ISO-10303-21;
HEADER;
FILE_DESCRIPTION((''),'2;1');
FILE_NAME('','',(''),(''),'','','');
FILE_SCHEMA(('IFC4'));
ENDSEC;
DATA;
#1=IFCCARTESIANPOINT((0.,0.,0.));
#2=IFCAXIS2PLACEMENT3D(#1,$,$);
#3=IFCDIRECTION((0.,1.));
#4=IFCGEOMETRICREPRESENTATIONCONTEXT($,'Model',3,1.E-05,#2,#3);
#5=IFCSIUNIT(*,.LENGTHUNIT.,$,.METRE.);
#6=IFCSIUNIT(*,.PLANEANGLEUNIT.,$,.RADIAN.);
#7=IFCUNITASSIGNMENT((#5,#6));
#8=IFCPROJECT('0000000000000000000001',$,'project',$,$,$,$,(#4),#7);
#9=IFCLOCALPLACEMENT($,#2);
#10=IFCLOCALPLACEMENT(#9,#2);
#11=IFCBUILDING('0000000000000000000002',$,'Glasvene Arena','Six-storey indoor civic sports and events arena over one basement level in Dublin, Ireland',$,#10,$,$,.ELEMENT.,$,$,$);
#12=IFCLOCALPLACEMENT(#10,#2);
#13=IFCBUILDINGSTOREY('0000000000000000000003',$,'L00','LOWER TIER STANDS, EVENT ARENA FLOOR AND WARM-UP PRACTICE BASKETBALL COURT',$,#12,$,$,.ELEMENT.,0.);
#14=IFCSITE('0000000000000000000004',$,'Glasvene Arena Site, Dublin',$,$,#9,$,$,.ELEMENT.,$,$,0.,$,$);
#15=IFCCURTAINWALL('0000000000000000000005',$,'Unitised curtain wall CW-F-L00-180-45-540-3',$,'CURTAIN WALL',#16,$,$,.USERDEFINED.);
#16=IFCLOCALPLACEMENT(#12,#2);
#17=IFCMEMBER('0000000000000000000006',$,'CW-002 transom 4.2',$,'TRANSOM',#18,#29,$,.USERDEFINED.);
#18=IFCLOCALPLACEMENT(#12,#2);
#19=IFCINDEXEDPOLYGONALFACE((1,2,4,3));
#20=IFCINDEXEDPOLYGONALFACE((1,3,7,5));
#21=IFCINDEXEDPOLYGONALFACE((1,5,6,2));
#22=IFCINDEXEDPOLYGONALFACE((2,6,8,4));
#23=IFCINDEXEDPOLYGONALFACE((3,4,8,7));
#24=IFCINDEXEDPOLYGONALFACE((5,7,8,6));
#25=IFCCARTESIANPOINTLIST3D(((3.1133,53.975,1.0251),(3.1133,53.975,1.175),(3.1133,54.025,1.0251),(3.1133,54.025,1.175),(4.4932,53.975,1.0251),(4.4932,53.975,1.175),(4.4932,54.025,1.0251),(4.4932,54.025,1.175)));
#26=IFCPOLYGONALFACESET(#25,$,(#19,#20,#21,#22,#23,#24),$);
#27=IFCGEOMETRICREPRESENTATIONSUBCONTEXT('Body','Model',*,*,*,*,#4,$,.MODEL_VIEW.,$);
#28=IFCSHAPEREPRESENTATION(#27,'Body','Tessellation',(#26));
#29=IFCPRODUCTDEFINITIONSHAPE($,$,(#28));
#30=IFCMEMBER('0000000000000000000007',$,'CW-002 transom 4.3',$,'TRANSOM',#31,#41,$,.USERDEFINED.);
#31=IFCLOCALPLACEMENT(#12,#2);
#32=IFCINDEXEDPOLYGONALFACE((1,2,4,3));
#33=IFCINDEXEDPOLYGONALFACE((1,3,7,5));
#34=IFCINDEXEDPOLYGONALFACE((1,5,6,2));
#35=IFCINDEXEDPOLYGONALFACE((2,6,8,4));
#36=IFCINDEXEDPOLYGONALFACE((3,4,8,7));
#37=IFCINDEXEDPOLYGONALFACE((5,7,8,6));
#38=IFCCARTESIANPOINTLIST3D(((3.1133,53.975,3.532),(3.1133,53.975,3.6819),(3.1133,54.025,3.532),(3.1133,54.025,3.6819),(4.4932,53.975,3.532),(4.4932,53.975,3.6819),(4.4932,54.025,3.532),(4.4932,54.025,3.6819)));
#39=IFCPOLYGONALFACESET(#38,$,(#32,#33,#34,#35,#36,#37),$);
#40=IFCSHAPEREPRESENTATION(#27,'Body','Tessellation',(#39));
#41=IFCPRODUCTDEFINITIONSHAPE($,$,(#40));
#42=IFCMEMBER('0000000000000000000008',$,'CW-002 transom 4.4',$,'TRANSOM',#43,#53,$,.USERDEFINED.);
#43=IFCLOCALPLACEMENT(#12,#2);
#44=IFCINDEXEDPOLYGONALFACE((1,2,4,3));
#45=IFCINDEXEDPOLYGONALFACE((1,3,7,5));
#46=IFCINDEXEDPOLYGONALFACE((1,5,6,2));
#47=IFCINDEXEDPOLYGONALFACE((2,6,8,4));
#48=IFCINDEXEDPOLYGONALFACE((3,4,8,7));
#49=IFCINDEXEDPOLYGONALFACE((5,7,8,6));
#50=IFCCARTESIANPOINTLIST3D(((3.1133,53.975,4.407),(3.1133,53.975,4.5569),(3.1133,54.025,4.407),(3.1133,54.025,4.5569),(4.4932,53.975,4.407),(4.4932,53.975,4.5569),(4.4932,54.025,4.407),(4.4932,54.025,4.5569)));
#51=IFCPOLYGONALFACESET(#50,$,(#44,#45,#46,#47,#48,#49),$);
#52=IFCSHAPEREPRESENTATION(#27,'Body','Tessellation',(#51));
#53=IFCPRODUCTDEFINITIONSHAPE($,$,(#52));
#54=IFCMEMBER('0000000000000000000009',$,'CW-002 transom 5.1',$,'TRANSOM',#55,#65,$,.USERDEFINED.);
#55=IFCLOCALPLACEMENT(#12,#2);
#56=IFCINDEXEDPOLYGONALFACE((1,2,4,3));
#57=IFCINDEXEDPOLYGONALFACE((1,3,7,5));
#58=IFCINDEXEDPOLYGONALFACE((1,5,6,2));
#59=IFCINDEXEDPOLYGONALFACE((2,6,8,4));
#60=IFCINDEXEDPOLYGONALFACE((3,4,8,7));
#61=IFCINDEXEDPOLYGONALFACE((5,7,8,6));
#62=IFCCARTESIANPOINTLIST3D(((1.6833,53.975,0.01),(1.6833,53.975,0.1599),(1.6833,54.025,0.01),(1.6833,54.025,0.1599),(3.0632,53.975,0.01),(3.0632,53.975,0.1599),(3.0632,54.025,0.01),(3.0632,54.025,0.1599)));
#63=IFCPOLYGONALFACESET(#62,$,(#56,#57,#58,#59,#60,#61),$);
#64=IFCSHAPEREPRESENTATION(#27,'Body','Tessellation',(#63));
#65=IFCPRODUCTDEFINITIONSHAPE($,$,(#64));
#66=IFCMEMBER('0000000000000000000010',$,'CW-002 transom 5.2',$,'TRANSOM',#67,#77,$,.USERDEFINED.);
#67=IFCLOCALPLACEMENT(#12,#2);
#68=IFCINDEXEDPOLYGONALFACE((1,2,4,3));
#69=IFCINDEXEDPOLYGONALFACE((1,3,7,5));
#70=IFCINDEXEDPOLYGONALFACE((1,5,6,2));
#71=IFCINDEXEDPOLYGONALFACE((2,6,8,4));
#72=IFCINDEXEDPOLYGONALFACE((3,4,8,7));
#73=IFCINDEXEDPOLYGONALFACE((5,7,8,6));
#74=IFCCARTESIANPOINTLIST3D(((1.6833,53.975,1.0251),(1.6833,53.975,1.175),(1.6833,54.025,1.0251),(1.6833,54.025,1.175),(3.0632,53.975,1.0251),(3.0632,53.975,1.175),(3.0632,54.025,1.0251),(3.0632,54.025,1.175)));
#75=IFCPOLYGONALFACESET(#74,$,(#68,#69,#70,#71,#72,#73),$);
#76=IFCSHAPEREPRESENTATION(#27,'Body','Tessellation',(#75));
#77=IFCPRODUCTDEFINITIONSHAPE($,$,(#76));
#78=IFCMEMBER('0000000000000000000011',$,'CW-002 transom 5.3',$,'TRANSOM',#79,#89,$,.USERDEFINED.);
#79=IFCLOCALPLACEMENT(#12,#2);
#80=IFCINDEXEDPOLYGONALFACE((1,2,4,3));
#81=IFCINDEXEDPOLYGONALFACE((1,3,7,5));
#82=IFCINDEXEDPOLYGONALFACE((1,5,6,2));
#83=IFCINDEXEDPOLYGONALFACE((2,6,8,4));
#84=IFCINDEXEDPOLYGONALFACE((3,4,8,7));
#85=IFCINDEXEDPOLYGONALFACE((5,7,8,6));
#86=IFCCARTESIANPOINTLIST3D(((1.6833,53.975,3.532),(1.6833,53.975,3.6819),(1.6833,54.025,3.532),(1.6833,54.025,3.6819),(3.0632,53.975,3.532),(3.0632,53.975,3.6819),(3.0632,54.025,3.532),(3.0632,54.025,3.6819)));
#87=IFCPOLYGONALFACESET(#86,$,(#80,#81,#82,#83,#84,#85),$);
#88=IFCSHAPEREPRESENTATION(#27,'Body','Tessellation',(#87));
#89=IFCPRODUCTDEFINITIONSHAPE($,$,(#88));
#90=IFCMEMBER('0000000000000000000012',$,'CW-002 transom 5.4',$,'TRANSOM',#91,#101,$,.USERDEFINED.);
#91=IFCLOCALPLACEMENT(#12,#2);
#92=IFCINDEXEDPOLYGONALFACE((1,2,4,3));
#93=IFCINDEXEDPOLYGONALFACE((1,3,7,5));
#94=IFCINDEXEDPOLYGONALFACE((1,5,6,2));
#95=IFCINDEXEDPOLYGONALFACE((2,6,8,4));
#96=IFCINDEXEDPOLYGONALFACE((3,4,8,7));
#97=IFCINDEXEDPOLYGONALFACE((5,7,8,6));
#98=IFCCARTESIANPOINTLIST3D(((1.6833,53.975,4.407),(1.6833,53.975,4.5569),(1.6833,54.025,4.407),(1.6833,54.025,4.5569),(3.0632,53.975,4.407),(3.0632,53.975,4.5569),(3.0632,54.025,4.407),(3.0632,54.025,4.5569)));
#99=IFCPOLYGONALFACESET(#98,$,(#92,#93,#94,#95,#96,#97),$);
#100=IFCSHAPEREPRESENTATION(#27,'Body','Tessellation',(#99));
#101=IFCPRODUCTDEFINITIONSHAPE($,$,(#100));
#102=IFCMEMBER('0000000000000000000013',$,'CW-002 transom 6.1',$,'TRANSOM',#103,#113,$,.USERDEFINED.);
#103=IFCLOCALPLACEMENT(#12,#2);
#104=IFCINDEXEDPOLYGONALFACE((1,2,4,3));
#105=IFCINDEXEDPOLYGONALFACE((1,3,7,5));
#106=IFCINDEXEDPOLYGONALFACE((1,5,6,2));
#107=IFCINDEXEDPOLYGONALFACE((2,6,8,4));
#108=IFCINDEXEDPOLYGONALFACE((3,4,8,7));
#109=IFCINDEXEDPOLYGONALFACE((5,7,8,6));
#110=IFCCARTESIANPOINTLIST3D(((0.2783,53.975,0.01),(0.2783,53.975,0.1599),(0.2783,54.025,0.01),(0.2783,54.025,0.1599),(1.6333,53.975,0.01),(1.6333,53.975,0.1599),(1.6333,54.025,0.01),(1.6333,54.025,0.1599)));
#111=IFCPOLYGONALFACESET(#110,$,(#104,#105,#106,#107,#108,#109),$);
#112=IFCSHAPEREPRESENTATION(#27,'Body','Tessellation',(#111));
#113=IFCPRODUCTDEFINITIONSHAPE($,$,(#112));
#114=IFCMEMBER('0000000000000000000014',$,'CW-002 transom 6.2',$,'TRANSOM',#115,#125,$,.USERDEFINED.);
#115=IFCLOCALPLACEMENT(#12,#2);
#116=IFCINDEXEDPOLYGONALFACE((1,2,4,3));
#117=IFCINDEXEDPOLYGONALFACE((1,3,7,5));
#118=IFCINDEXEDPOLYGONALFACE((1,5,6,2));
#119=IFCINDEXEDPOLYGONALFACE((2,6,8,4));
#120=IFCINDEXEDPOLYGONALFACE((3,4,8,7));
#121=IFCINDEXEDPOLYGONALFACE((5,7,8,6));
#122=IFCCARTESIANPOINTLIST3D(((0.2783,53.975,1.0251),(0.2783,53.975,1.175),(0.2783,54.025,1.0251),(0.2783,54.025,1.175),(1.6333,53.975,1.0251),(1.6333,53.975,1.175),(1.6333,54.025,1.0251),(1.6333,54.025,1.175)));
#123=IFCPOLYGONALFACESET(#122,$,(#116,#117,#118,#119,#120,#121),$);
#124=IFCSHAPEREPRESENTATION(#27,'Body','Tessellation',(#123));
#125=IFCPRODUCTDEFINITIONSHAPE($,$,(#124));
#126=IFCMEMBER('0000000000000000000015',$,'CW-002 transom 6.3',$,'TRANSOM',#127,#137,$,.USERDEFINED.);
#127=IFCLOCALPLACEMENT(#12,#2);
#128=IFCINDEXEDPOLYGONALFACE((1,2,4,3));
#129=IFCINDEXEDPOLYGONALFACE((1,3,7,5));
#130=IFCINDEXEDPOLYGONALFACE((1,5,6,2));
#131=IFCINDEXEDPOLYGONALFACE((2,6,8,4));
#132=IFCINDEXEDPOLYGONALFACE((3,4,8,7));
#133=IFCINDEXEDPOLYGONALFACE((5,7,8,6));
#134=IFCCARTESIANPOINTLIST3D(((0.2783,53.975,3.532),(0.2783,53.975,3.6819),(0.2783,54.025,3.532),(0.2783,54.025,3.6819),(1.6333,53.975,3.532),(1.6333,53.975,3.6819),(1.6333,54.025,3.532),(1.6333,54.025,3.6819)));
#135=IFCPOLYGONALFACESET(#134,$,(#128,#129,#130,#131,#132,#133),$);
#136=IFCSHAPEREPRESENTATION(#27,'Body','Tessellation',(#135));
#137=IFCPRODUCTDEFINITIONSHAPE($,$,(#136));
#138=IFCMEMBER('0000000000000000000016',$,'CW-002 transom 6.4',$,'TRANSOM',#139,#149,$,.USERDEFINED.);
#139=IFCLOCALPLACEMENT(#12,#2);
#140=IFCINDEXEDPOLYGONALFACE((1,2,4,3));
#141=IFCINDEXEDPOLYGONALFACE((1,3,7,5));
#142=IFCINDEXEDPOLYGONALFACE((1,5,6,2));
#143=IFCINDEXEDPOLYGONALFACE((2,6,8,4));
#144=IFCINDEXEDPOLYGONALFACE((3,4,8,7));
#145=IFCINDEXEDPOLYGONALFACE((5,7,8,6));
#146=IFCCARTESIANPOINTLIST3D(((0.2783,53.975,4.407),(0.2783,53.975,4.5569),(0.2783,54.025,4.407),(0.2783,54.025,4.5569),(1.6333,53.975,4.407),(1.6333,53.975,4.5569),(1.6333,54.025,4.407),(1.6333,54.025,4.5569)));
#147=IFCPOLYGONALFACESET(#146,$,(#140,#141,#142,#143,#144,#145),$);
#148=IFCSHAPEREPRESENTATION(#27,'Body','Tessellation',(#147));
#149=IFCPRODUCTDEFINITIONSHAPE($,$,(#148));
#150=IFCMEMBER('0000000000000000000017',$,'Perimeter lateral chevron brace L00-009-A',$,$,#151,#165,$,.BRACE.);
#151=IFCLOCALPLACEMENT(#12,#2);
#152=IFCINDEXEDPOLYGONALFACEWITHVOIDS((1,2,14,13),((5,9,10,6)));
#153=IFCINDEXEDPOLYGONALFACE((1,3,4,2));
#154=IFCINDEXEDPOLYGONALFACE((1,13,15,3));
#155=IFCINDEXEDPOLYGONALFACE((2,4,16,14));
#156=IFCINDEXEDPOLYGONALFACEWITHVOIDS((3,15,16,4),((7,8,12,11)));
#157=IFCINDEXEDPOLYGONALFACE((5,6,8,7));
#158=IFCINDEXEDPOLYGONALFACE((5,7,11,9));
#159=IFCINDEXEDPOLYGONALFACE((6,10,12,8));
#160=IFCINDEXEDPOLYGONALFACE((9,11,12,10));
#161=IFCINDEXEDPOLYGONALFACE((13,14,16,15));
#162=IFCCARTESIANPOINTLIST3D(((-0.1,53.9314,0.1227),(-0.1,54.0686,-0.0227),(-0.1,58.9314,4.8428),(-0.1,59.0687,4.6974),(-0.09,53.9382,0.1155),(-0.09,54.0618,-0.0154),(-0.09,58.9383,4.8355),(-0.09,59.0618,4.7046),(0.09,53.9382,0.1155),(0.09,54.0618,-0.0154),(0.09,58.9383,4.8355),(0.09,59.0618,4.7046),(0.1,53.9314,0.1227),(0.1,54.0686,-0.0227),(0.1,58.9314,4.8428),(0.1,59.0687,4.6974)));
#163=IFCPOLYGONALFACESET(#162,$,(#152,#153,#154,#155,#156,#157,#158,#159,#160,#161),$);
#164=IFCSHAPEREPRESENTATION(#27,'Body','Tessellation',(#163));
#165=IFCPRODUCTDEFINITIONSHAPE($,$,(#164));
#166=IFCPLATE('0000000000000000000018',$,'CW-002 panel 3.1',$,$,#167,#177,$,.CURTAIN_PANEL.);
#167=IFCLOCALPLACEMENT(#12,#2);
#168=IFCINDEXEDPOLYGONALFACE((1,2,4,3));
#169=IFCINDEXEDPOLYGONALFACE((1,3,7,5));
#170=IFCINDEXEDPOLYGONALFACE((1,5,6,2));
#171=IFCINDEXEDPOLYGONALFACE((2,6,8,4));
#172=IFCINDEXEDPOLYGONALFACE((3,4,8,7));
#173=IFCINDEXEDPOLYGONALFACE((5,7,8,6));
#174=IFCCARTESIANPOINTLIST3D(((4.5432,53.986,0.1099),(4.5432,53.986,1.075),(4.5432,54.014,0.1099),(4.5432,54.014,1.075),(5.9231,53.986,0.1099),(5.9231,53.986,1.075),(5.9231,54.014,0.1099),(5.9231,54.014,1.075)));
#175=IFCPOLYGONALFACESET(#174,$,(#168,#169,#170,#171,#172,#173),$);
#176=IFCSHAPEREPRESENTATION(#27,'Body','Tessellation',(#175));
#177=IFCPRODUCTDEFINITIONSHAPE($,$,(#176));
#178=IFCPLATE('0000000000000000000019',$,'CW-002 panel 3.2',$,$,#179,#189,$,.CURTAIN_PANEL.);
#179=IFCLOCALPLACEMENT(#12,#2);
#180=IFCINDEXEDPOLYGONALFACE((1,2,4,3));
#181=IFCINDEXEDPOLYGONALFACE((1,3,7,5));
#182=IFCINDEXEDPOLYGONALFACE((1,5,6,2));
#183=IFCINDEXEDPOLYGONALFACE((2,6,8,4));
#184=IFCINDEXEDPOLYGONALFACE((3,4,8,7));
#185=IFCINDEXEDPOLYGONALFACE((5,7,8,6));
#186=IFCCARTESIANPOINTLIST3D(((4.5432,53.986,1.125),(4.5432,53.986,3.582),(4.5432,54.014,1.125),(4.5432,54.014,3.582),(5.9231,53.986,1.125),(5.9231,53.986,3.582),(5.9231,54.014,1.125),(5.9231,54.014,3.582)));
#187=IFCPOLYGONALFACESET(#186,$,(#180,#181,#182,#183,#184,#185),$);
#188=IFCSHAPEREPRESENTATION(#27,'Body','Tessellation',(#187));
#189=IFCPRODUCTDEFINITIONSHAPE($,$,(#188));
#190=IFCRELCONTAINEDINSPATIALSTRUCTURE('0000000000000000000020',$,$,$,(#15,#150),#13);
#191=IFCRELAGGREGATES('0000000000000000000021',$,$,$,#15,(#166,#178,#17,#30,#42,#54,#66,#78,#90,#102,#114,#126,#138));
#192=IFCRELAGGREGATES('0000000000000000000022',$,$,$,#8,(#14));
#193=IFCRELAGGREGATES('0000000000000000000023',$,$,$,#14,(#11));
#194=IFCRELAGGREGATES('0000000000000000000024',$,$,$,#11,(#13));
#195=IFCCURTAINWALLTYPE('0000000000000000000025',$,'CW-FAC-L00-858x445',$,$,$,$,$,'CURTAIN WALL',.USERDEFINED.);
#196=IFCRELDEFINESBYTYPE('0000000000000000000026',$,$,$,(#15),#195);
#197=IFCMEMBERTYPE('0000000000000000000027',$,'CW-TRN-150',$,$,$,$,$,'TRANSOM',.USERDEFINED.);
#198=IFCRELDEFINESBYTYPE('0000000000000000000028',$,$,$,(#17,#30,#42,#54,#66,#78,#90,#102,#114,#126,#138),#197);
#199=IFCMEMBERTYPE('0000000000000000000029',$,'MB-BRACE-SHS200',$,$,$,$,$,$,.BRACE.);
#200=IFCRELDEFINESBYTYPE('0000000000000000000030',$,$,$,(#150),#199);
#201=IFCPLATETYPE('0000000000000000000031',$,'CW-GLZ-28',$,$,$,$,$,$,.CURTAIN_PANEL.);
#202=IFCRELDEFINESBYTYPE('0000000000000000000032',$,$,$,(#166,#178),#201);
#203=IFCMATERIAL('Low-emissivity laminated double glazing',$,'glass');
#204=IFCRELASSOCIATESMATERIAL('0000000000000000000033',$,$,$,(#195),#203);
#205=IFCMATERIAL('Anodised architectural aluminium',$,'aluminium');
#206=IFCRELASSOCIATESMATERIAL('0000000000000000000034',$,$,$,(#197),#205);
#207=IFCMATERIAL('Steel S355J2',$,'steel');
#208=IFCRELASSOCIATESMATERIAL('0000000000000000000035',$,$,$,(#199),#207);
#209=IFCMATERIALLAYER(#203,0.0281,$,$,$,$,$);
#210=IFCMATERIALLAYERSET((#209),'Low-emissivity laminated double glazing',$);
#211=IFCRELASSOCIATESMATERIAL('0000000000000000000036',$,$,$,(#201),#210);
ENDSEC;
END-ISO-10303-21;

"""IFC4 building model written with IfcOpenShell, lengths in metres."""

from ifc_helpers import new_model, si_unit, direction, frame, origin, origin_2d, place, context, subcontext, project, spatial, rectangle, hollow_rectangle, extrude, material, layer, layer_set, material_profile, profile_set, type_object, element, aggregate, save


model = new_model("IFC4")

# Units and contexts
model_context = context("Model", 3, precision=1e-05, world=origin(), true_north=direction((0.0, 1.0)))
body_context = subcontext(model_context, "Body", "Model", "MODEL_VIEW")
ifc_project = project(units=[si_unit("LENGTHUNIT", "METRE"), si_unit("PLANEANGLEUNIT", "RADIAN")], contexts=[model_context])

# Site, building, storey
site_placement = place(None, origin())
site = spatial("IfcSite", under=ifc_project, at=site_placement, Name="Glasvene Arena Site, Dublin", CompositionType="ELEMENT", RefElevation=0.0)
building_placement = place(site_placement, origin())
building = spatial("IfcBuilding", under=site, at=building_placement, Name="Glasvene Arena", Description="Six-storey indoor civic sports and events arena over one basement level in Dublin, Ireland", CompositionType="ELEMENT")
storey_placement = place(building_placement, origin())
storey = spatial("IfcBuildingStorey", under=building, at=storey_placement, Name="L00", Description="LOWER TIER STANDS, EVENT ARENA FLOOR AND WARM-UP PRACTICE BASKETBALL COURT", CompositionType="ELEMENT", Elevation=0.0)

# Shared definitions
ifc_material_1 = material(Name="Steel S355J2", Category="steel")

# Curtain wall, members
ifc_material_2 = material(Name="Low-emissivity laminated double glazing", Category="glass")
curtain_wall_type = type_object("IfcCurtainWallType", Name="CW-FAC-L00-858x445", ElementType="CURTAIN WALL", PredefinedType="USERDEFINED", material=ifc_material_2)
curtain_wall_placement = place(storey_placement, frame((8.8081, 54.0, 0.0)))
curtain_wall = element("IfcCurtainWall", 1, at=curtain_wall_placement, inside=storey, type_object=curtain_wall_type, Name="Unitised curtain wall CW-F-L00-180-45-540-3", ObjectType="CURTAIN WALL", PredefinedType="USERDEFINED")
ifc_material_3 = material(Name="Anodised architectural aluminium", Category="aluminium")
ifc_material_profile_1 = material_profile(ifc_material_3, rectangle(XDim=0.05, YDim=0.1499, at=origin_2d()), Name="ALU TRANSOM 50x150")
ifc_profile_set_1 = profile_set([ifc_material_profile_1], Name="Anodised architectural aluminium")
member_type_1 = type_object("IfcMemberType", Name="CW-TRN-150", ElementType="TRANSOM", PredefinedType="USERDEFINED", material=ifc_profile_set_1)
member_1_placement = place(storey_placement, frame((4.4932, 54.0, 1.1001), z_axis=(-1.0, 0.0, 0.0), x_axis=(0.0, -1.0, 0.0)))
member_1 = element("IfcMember", 2, at=member_1_placement, type_object=member_type_1, Name="CW-002 transom 4.2", ObjectType="TRANSOM", PredefinedType="USERDEFINED", context=body_context, shape_type="SweptSolid", body=[
    extrude(rectangle(XDim=0.05, YDim=0.1499, at=origin_2d()), origin(), (0.0, 0.0, 1.0), 1.3799),
])
member_2_placement = place(storey_placement, frame((4.4932, 54.0, 3.6069), z_axis=(-1.0, 0.0, 0.0), x_axis=(0.0, -1.0, 0.0)))
member_2 = element("IfcMember", 3, at=member_2_placement, type_object=member_type_1, Name="CW-002 transom 4.3", ObjectType="TRANSOM", PredefinedType="USERDEFINED", context=body_context, shape_type="SweptSolid", body=[
    extrude(rectangle(XDim=0.05, YDim=0.1499, at=origin_2d()), origin(), (0.0, 0.0, 1.0), 1.3799),
])
member_3_placement = place(storey_placement, frame((4.4932, 54.0, 4.4819), z_axis=(-1.0, 0.0, 0.0), x_axis=(0.0, -1.0, 0.0)))
member_3 = element("IfcMember", 4, at=member_3_placement, type_object=member_type_1, Name="CW-002 transom 4.4", ObjectType="TRANSOM", PredefinedType="USERDEFINED", context=body_context, shape_type="SweptSolid", body=[
    extrude(rectangle(XDim=0.05, YDim=0.1499, at=origin_2d()), origin(), (0.0, 0.0, 1.0), 1.3799),
])
member_4_placement = place(storey_placement, frame((3.0632, 54.0, 0.085), z_axis=(-1.0, 0.0, 0.0), x_axis=(0.0, -1.0, 0.0)))
member_4 = element("IfcMember", 5, at=member_4_placement, type_object=member_type_1, Name="CW-002 transom 5.1", ObjectType="TRANSOM", PredefinedType="USERDEFINED", context=body_context, shape_type="SweptSolid", body=[
    extrude(rectangle(XDim=0.05, YDim=0.1499, at=origin_2d()), origin(), (0.0, 0.0, 1.0), 1.3799),
])
member_5_placement = place(storey_placement, frame((3.0632, 54.0, 1.1001), z_axis=(-1.0, 0.0, 0.0), x_axis=(0.0, -1.0, 0.0)))
member_5 = element("IfcMember", 6, at=member_5_placement, type_object=member_type_1, Name="CW-002 transom 5.2", ObjectType="TRANSOM", PredefinedType="USERDEFINED", context=body_context, shape_type="SweptSolid", body=[
    extrude(rectangle(XDim=0.05, YDim=0.1499, at=origin_2d()), origin(), (0.0, 0.0, 1.0), 1.3799),
])
member_6_placement = place(storey_placement, frame((3.0632, 54.0, 3.6069), z_axis=(-1.0, 0.0, 0.0), x_axis=(0.0, -1.0, 0.0)))
member_6 = element("IfcMember", 7, at=member_6_placement, type_object=member_type_1, Name="CW-002 transom 5.3", ObjectType="TRANSOM", PredefinedType="USERDEFINED", context=body_context, shape_type="SweptSolid", body=[
    extrude(rectangle(XDim=0.05, YDim=0.1499, at=origin_2d()), origin(), (0.0, 0.0, 1.0), 1.3799),
])
member_7_placement = place(storey_placement, frame((3.0632, 54.0, 4.4819), z_axis=(-1.0, 0.0, 0.0), x_axis=(0.0, -1.0, 0.0)))
member_7 = element("IfcMember", 8, at=member_7_placement, type_object=member_type_1, Name="CW-002 transom 5.4", ObjectType="TRANSOM", PredefinedType="USERDEFINED", context=body_context, shape_type="SweptSolid", body=[
    extrude(rectangle(XDim=0.05, YDim=0.1499, at=origin_2d()), origin(), (0.0, 0.0, 1.0), 1.3799),
])
member_8_placement = place(storey_placement, frame((1.6333, 54.0, 0.085), z_axis=(-1.0, 0.0, 0.0), x_axis=(0.0, -1.0, 0.0)))
member_8 = element("IfcMember", 9, at=member_8_placement, type_object=member_type_1, Name="CW-002 transom 6.1", ObjectType="TRANSOM", PredefinedType="USERDEFINED", context=body_context, shape_type="SweptSolid", body=[
    extrude(rectangle(XDim=0.05, YDim=0.1499, at=origin_2d()), origin(), (0.0, 0.0, 1.0), 1.355),
])
member_9_placement = place(storey_placement, frame((1.6333, 54.0, 1.1001), z_axis=(-1.0, 0.0, 0.0), x_axis=(0.0, -1.0, 0.0)))
member_9 = element("IfcMember", 10, at=member_9_placement, type_object=member_type_1, Name="CW-002 transom 6.2", ObjectType="TRANSOM", PredefinedType="USERDEFINED", context=body_context, shape_type="SweptSolid", body=[
    extrude(rectangle(XDim=0.05, YDim=0.1499, at=origin_2d()), origin(), (0.0, 0.0, 1.0), 1.355),
])
member_10_placement = place(storey_placement, frame((1.6333, 54.0, 3.6069), z_axis=(-1.0, 0.0, 0.0), x_axis=(0.0, -1.0, 0.0)))
member_10 = element("IfcMember", 11, at=member_10_placement, type_object=member_type_1, Name="CW-002 transom 6.3", ObjectType="TRANSOM", PredefinedType="USERDEFINED", context=body_context, shape_type="SweptSolid", body=[
    extrude(rectangle(XDim=0.05, YDim=0.1499, at=origin_2d()), origin(), (0.0, 0.0, 1.0), 1.355),
])
member_11_placement = place(storey_placement, frame((1.6333, 54.0, 4.4819), z_axis=(-1.0, 0.0, 0.0), x_axis=(0.0, -1.0, 0.0)))
member_11 = element("IfcMember", 12, at=member_11_placement, type_object=member_type_1, Name="CW-002 transom 6.4", ObjectType="TRANSOM", PredefinedType="USERDEFINED", context=body_context, shape_type="SweptSolid", body=[
    extrude(rectangle(XDim=0.05, YDim=0.1499, at=origin_2d()), origin(), (0.0, 0.0, 1.0), 1.355),
])

# Member
ifc_material_profile_2 = material_profile(ifc_material_1, hollow_rectangle(XDim=0.2, YDim=0.2, WallThickness=0.01, at=origin_2d()), Name="SHS 200x200x10.0")
ifc_profile_set_2 = profile_set([ifc_material_profile_2], Name="Steel S355J2")
member_type_2 = type_object("IfcMemberType", Name="MB-BRACE-SHS200", PredefinedType="BRACE", material=ifc_profile_set_2)
member_12_placement = place(storey_placement, frame((0.0, 54.0, 0.05), z_axis=(0.0, 0.727177, 0.68645), x_axis=(-1.0, 0.0, 0.0)))
element("IfcMember", 13, at=member_12_placement, inside=storey, type_object=member_type_2, Name="Perimeter lateral chevron brace L00-009-A", PredefinedType="BRACE", context=body_context, shape_type="SweptSolid", body=[
    extrude(hollow_rectangle(XDim=0.2, YDim=0.2, WallThickness=0.01, at=origin_2d()), origin(), (0.0, 0.0, 1.0), 6.876),
])

# Plates
ifc_layer = layer(ifc_material_2, 0.0281)
ifc_layer_set = layer_set([ifc_layer], Name="Low-emissivity laminated double glazing")
plate_type = type_object("IfcPlateType", Name="CW-GLZ-28", PredefinedType="CURTAIN_PANEL", material=ifc_layer_set)
plate_1_placement = place(storey_placement, frame((5.2332, 54.0, 0.1099), z_axis=(0.0, 0.0, 1.0), x_axis=(-1.0, 0.0, 0.0)))
plate_1 = element("IfcPlate", 14, at=plate_1_placement, type_object=plate_type, Name="CW-002 panel 3.1", PredefinedType="CURTAIN_PANEL", context=body_context, shape_type="SweptSolid", body=[
    extrude(rectangle(XDim=1.3799, YDim=0.0281, at=origin_2d()), origin(), (0.0, 0.0, 1.0), 0.9651),
])
plate_2_placement = place(storey_placement, frame((5.2332, 54.0, 1.125), z_axis=(0.0, 0.0, 1.0), x_axis=(-1.0, 0.0, 0.0)))
plate_2 = element("IfcPlate", 15, at=plate_2_placement, type_object=plate_type, Name="CW-002 panel 3.2", PredefinedType="CURTAIN_PANEL", context=body_context, shape_type="SweptSolid", body=[
    extrude(rectangle(XDim=1.3799, YDim=0.0281, at=origin_2d()), origin(), (0.0, 0.0, 1.0), 2.457),
])
aggregate(curtain_wall, [plate_1, plate_2, member_1, member_2, member_3, member_4, member_5, member_6, member_7, member_8, member_9, member_10, member_11])

save(model, "model.ifc")
